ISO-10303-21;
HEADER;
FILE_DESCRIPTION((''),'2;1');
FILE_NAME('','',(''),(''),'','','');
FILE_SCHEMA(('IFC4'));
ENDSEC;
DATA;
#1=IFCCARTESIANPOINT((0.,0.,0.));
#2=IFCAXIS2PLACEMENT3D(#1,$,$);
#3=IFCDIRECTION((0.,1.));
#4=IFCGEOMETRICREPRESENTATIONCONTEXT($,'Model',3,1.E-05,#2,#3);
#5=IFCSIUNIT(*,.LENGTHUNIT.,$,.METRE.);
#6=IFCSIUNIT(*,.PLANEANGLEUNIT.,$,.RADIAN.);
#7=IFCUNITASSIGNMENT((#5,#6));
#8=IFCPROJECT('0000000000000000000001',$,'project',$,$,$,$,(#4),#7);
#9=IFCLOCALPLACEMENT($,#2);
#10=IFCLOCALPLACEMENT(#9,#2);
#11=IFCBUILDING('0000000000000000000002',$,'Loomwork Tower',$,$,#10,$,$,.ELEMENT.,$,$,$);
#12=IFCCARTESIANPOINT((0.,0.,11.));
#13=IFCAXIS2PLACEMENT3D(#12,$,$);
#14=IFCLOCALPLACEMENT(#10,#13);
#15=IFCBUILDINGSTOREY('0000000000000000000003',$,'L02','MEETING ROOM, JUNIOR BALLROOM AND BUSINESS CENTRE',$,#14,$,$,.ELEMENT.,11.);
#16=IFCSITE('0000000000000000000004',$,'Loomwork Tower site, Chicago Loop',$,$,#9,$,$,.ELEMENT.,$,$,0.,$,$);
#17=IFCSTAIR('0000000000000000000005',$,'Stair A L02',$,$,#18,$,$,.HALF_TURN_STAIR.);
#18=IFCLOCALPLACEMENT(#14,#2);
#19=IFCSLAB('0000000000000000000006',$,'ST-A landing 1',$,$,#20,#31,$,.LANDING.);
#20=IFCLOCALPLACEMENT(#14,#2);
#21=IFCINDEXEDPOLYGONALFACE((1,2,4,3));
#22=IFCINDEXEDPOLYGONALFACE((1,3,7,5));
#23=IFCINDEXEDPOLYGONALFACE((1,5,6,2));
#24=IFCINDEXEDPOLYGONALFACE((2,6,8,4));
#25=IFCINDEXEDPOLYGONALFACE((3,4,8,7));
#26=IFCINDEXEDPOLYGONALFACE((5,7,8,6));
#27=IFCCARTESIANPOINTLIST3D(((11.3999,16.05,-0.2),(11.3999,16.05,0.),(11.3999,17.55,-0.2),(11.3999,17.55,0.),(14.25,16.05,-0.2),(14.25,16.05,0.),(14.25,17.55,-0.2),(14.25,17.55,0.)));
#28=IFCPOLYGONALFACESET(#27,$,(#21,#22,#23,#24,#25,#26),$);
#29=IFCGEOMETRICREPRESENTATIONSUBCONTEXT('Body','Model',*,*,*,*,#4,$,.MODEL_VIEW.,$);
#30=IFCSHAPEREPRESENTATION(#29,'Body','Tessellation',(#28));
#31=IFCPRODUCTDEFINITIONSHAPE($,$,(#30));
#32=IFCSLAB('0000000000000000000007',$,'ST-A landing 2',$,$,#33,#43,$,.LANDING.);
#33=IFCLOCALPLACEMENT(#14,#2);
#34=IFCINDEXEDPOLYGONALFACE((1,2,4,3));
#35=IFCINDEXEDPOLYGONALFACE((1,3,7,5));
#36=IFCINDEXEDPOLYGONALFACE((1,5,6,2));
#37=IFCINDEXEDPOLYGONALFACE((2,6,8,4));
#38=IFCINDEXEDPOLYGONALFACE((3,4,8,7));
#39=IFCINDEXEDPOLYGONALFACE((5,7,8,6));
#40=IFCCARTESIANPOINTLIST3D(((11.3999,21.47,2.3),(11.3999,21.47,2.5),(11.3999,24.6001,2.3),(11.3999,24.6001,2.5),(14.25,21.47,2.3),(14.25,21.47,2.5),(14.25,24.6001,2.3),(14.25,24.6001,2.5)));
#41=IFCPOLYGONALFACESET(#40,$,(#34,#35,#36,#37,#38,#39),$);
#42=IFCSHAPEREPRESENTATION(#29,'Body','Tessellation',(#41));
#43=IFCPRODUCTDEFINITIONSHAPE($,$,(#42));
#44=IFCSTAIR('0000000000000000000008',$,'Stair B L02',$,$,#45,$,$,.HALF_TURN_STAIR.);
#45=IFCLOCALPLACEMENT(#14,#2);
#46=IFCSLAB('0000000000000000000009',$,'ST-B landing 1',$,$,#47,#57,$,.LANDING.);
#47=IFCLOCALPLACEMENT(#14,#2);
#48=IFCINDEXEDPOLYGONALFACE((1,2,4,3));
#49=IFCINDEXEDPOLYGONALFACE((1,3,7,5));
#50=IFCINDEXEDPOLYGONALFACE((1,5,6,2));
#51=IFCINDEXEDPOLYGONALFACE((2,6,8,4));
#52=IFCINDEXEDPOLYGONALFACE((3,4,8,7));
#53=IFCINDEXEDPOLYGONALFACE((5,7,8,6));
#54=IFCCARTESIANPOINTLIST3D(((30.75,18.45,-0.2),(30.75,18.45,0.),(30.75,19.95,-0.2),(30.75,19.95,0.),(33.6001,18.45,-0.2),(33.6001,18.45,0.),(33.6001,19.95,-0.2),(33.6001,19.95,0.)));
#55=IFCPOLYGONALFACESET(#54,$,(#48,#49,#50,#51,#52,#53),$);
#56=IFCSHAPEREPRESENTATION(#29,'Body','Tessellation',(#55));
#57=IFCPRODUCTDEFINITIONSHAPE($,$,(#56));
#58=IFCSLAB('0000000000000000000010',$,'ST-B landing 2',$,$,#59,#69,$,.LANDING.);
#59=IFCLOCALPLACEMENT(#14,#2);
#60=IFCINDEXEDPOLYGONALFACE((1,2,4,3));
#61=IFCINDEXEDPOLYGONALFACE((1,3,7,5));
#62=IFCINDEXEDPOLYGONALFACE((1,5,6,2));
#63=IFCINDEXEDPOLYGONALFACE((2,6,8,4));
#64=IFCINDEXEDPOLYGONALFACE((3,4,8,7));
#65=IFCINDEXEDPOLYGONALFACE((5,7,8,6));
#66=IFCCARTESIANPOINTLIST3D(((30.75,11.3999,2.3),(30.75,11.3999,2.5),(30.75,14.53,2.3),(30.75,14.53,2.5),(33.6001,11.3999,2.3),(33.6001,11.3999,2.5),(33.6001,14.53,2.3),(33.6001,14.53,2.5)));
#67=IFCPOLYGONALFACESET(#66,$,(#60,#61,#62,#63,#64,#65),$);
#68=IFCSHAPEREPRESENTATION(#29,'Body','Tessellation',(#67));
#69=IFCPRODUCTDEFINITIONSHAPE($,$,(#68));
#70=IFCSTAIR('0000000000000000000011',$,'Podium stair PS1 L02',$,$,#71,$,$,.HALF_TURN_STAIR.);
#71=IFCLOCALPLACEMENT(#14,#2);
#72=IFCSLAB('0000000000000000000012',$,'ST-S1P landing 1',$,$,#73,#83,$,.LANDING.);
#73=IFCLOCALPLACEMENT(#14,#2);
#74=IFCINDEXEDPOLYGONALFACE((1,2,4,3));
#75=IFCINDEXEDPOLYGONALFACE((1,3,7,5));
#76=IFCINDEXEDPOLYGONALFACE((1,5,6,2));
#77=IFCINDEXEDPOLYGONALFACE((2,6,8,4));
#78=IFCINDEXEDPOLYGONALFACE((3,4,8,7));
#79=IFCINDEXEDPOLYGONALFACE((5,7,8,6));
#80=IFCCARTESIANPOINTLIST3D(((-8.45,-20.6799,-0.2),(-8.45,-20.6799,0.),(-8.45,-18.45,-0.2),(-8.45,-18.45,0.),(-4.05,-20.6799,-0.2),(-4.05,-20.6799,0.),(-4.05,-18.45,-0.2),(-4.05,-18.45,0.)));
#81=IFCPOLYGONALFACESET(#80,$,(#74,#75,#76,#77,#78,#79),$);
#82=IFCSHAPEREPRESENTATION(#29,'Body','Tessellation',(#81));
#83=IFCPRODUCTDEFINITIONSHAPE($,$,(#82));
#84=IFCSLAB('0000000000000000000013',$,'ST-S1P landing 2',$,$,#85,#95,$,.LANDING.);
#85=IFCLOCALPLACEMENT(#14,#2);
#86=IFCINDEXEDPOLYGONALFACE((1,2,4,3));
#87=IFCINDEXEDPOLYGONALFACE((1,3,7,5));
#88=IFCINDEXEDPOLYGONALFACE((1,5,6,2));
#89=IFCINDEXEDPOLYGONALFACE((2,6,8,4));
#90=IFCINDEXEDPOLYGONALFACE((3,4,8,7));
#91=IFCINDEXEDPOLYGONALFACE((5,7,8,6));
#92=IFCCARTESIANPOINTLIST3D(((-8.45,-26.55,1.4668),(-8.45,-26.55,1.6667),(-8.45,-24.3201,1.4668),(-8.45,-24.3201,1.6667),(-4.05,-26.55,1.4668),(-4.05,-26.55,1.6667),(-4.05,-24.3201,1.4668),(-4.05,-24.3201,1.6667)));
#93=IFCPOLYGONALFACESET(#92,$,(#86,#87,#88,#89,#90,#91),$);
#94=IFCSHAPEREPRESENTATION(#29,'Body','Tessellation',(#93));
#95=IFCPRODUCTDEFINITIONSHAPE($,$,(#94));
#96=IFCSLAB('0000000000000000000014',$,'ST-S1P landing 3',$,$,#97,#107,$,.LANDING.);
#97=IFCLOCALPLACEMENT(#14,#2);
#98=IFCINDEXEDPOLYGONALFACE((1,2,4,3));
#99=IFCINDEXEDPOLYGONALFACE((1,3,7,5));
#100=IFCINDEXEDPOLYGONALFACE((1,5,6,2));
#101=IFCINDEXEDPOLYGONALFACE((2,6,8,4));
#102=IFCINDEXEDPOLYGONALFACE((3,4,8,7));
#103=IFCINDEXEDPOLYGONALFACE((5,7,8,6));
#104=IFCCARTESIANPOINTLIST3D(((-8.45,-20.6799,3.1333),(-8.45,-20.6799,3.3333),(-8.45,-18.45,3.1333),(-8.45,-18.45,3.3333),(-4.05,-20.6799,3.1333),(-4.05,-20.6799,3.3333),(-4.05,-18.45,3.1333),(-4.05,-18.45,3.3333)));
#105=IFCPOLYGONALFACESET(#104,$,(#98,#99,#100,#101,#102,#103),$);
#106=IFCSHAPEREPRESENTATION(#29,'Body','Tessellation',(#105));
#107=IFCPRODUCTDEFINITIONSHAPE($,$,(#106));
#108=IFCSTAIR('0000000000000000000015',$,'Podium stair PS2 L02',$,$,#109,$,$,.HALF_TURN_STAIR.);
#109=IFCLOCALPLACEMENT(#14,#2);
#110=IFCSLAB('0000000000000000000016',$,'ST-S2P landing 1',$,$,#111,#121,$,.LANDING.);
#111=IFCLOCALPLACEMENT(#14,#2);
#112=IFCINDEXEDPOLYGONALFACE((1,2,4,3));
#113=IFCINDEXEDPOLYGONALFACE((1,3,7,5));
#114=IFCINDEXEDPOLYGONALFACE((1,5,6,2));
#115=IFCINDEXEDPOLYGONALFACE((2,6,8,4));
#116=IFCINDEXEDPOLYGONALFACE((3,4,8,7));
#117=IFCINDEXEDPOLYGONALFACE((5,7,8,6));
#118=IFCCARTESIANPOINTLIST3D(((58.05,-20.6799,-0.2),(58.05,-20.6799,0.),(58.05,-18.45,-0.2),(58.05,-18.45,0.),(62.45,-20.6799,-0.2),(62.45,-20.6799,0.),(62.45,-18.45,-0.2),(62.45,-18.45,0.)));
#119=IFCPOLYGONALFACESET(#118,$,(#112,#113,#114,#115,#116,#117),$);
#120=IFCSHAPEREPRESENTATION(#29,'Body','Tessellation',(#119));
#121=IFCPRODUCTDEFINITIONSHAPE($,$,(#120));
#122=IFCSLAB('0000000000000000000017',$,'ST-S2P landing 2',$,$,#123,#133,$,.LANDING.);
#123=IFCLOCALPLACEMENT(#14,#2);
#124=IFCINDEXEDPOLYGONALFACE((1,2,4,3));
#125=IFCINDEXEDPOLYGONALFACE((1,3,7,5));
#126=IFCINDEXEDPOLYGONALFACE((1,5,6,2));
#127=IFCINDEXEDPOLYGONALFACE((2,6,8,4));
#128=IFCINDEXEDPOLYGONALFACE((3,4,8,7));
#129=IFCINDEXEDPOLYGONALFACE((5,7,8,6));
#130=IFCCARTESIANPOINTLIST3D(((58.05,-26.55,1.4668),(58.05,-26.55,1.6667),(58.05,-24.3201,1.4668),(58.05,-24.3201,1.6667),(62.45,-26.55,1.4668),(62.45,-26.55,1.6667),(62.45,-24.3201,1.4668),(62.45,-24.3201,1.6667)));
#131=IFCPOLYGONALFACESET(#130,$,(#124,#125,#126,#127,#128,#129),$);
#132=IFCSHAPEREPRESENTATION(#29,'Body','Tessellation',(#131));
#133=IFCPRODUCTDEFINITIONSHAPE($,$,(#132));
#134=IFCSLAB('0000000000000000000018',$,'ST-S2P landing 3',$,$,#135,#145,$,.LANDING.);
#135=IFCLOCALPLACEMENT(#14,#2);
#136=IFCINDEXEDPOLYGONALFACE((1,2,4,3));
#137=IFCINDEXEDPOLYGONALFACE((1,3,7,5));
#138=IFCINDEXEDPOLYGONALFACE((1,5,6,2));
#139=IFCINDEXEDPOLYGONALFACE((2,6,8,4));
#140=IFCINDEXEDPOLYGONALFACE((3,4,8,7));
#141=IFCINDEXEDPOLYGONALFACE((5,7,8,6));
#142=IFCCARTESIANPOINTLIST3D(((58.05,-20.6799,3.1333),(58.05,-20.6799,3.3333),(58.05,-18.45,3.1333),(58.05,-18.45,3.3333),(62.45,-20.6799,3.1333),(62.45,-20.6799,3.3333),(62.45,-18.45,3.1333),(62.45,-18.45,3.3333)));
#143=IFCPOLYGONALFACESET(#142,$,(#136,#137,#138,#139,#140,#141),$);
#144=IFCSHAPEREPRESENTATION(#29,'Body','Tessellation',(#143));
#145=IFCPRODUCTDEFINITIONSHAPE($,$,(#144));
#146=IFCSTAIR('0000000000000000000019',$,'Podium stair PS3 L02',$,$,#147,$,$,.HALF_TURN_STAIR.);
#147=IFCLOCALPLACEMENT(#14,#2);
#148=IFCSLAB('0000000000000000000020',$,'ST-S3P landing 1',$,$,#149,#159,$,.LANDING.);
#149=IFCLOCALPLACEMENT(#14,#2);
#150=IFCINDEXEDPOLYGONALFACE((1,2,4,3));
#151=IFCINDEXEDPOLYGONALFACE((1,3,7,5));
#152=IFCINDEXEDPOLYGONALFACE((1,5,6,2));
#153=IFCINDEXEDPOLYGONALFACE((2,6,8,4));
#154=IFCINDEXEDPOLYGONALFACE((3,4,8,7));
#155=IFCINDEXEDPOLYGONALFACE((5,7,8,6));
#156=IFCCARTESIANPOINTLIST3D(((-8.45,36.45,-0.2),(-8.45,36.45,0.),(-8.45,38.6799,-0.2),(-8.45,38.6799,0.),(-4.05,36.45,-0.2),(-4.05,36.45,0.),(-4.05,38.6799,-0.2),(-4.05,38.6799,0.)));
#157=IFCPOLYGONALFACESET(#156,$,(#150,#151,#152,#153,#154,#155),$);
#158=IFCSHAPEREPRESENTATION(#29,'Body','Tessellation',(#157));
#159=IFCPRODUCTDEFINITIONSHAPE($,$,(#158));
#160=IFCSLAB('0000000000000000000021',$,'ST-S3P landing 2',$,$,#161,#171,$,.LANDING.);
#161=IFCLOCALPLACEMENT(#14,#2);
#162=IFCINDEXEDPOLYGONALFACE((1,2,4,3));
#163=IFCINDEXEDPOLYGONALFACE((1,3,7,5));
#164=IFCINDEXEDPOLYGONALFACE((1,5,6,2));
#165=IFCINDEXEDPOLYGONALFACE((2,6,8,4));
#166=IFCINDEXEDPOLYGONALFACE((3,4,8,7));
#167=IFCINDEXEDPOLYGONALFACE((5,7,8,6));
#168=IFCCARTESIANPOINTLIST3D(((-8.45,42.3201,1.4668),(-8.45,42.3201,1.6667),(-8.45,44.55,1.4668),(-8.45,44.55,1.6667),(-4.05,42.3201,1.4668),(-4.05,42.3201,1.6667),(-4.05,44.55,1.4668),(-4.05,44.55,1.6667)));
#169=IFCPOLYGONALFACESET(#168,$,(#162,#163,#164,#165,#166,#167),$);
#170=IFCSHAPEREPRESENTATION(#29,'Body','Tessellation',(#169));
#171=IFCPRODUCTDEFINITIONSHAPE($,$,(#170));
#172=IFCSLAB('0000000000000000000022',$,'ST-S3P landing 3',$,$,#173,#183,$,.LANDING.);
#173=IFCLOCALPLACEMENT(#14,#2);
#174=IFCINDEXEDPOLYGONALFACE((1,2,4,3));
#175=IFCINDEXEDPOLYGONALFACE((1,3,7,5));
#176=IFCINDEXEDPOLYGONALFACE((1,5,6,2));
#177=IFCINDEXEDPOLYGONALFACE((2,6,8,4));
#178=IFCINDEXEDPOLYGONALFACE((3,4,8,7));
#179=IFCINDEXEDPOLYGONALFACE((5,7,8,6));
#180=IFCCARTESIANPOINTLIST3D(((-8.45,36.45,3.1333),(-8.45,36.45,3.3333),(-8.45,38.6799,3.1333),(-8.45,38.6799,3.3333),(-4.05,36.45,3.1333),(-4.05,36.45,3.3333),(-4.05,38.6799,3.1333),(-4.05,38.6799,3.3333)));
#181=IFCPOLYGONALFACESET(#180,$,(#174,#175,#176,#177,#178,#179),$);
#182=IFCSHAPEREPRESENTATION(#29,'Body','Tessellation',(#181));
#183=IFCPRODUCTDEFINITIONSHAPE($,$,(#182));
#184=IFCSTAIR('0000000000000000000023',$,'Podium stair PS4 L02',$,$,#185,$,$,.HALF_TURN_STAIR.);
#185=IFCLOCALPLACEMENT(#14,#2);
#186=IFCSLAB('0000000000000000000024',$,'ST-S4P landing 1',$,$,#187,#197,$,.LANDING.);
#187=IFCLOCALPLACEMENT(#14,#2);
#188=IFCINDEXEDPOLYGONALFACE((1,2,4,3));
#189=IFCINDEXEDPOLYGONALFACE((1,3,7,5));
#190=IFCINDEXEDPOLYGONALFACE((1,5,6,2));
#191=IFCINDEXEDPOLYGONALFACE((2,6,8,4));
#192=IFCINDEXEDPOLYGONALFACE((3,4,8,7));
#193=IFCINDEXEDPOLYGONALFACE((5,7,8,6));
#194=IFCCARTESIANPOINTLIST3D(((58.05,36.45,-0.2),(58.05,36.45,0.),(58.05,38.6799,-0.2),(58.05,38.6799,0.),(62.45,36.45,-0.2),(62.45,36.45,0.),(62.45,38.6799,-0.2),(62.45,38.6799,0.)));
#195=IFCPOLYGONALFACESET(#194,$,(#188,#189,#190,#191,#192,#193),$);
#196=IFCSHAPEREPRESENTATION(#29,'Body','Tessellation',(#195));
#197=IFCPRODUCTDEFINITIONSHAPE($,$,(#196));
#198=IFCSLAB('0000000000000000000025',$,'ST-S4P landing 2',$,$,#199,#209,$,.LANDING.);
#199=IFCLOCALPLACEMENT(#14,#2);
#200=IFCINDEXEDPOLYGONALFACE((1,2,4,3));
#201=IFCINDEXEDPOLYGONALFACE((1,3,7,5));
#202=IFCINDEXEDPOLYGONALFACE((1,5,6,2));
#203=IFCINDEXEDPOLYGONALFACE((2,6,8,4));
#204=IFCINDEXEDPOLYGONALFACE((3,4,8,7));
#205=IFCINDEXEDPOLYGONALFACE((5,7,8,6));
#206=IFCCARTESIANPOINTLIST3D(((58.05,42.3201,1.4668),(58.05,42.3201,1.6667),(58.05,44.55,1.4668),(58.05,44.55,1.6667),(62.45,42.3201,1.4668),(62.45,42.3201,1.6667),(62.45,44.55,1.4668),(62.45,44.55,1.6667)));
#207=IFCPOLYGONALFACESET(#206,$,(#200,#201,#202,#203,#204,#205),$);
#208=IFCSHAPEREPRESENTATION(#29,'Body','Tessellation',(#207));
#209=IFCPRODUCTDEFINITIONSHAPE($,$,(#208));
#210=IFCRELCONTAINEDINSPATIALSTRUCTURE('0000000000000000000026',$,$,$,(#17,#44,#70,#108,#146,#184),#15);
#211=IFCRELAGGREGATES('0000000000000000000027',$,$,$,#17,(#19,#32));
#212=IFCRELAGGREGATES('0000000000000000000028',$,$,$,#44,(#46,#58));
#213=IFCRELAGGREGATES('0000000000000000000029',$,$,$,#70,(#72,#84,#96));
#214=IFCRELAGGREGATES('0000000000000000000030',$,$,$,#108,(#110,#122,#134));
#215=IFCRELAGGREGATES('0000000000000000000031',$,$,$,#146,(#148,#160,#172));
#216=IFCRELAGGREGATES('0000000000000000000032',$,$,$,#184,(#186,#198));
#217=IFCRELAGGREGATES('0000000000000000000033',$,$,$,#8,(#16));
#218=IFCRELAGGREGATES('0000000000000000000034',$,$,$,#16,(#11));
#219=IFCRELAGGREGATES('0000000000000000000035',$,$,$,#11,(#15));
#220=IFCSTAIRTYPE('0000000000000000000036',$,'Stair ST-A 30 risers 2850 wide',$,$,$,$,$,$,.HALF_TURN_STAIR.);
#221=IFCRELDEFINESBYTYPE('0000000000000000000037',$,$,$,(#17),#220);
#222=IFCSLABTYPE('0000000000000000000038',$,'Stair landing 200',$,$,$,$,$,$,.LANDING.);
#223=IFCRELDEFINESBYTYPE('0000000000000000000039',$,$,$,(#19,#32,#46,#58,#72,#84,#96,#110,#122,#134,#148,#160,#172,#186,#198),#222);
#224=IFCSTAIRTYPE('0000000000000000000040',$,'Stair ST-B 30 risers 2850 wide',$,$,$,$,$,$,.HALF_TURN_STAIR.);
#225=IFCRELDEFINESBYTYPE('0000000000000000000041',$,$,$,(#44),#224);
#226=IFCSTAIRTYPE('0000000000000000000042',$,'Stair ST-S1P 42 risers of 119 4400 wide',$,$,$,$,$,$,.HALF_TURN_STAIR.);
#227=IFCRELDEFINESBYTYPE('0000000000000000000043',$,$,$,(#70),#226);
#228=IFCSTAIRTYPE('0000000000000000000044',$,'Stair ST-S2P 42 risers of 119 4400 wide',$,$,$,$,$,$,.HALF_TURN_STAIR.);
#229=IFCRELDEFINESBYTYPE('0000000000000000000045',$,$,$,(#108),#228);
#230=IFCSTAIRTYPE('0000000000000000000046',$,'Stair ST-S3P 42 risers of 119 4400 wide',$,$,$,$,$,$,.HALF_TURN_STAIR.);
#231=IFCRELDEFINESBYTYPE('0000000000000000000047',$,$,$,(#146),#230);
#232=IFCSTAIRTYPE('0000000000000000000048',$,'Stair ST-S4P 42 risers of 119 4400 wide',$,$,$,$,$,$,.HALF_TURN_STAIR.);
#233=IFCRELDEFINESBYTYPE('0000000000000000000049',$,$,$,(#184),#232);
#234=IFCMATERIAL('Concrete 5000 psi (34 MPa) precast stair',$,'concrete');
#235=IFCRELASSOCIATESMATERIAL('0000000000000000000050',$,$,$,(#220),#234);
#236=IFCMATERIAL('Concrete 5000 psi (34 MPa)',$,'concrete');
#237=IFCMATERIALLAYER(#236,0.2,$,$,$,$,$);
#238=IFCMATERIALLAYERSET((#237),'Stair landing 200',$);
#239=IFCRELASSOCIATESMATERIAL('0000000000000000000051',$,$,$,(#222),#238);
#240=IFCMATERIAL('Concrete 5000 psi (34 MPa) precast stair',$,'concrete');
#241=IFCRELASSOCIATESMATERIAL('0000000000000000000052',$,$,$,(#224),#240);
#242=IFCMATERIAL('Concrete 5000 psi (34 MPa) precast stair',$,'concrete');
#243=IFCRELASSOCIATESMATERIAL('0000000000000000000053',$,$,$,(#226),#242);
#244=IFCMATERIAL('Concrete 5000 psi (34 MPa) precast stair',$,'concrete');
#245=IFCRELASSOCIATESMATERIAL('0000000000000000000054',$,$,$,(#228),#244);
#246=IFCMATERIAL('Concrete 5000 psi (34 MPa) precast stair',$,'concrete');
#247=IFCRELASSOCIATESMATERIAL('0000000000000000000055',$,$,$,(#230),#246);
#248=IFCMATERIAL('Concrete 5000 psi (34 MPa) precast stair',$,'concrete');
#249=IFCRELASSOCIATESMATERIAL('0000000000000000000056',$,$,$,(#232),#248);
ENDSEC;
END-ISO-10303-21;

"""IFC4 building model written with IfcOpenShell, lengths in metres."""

from ifc_helpers import new_model, si_unit, direction, frame, origin, place, context, subcontext, project, spatial, polyline, outline, extrude, material, layer, layer_set, type_object, element, aggregate, save


model = new_model("IFC4")

# Units and contexts
model_context = context("Model", 3, precision=1e-05, world=origin(), true_north=direction((0.0, 1.0)))
body_context = subcontext(model_context, "Body", "Model", "MODEL_VIEW")
ifc_project = project(units=[si_unit("LENGTHUNIT", "METRE"), si_unit("PLANEANGLEUNIT", "RADIAN")], contexts=[model_context])

# Site, building, storey
site_placement = place(None, origin())
site = spatial("IfcSite", under=ifc_project, at=site_placement, Name="Loomwork Tower site, Chicago Loop", CompositionType="ELEMENT", RefElevation=0.0)
building_placement = place(site_placement, origin())
building = spatial("IfcBuilding", under=site, at=building_placement, Name="Loomwork Tower", CompositionType="ELEMENT")
storey_placement = place(building_placement, frame((0.0, 0.0, 11.0)))
storey = spatial("IfcBuildingStorey", under=building, at=storey_placement, Name="L02", Description="MEETING ROOM, JUNIOR BALLROOM AND BUSINESS CENTRE", CompositionType="ELEMENT", Elevation=11.0)

# Stairs, slabs
ifc_material_1 = material(Name="Concrete 5000 psi (34 MPa) precast stair", Category="concrete")
stair_type_1 = type_object("IfcStairType", Name="Stair ST-A 30 risers 2850 wide", PredefinedType="HALF_TURN_STAIR", material=ifc_material_1)
stair_1_placement = place(storey_placement, origin())
stair_1 = element("IfcStair", 1, at=stair_1_placement, inside=storey, type_object=stair_type_1, Name="Stair A L02", PredefinedType="HALF_TURN_STAIR")
ifc_material_2 = material(Name="Concrete 5000 psi (34 MPa)", Category="concrete")
ifc_layer_1 = layer(ifc_material_2, 0.2)
ifc_layer_set_1 = layer_set([ifc_layer_1], Name="Stair landing 200")
slab_type = type_object("IfcSlabType", Name="Stair landing 200", PredefinedType="LANDING", material=ifc_layer_set_1)
slab_1_placement = place(storey_placement, frame((0.0, 0.0, -0.2)))
slab_1 = element("IfcSlab", 2, at=slab_1_placement, type_object=slab_type, Name="ST-A landing 1", PredefinedType="LANDING", context=body_context, shape_type="SweptSolid", body=[
    extrude(outline(polyline([(11.3999, 16.05), (14.25, 16.05), (14.25, 17.55), (11.3999, 17.55), (11.3999, 16.05)])), origin(), (0.0, 0.0, 1.0), 0.2),
])
slab_2_placement = place(storey_placement, frame((0.0, 0.0, 2.3)))
slab_2 = element("IfcSlab", 3, at=slab_2_placement, type_object=slab_type, Name="ST-A landing 2", PredefinedType="LANDING", context=body_context, shape_type="SweptSolid", body=[
    extrude(outline(polyline([(11.3999, 21.47), (14.25, 21.47), (14.25, 24.6001), (11.3999, 24.6001), (11.3999, 21.47)])), origin(), (0.0, 0.0, 1.0), 0.2),
])
aggregate(stair_1, [slab_1, slab_2])
ifc_material_3 = material(Name="Concrete 5000 psi (34 MPa) precast stair", Category="concrete")
stair_type_2 = type_object("IfcStairType", Name="Stair ST-B 30 risers 2850 wide", PredefinedType="HALF_TURN_STAIR", material=ifc_material_3)
stair_2_placement = place(storey_placement, origin())
stair_2 = element("IfcStair", 4, at=stair_2_placement, inside=storey, type_object=stair_type_2, Name="Stair B L02", PredefinedType="HALF_TURN_STAIR")
slab_3_placement = place(storey_placement, frame((0.0, 0.0, -0.2)))
slab_3 = element("IfcSlab", 5, at=slab_3_placement, type_object=slab_type, Name="ST-B landing 1", PredefinedType="LANDING", context=body_context, shape_type="SweptSolid", body=[
    extrude(outline(polyline([(30.75, 18.45), (33.6001, 18.45), (33.6001, 19.95), (30.75, 19.95), (30.75, 18.45)])), origin(), (0.0, 0.0, 1.0), 0.2),
])
slab_4_placement = place(storey_placement, frame((0.0, 0.0, 2.3)))
slab_4 = element("IfcSlab", 6, at=slab_4_placement, type_object=slab_type, Name="ST-B landing 2", PredefinedType="LANDING", context=body_context, shape_type="SweptSolid", body=[
    extrude(outline(polyline([(30.75, 11.3999), (33.6001, 11.3999), (33.6001, 14.53), (30.75, 14.53), (30.75, 11.3999)])), origin(), (0.0, 0.0, 1.0), 0.2),
])
aggregate(stair_2, [slab_3, slab_4])
ifc_material_4 = material(Name="Concrete 5000 psi (34 MPa) precast stair", Category="concrete")
stair_type_3 = type_object("IfcStairType", Name="Stair ST-S1P 42 risers of 119 4400 wide", PredefinedType="HALF_TURN_STAIR", material=ifc_material_4)
stair_3_placement = place(storey_placement, origin())
stair_3 = element("IfcStair", 7, at=stair_3_placement, inside=storey, type_object=stair_type_3, Name="Podium stair PS1 L02", PredefinedType="HALF_TURN_STAIR")
slab_5_placement = place(storey_placement, frame((0.0, 0.0, -0.2)))
slab_5 = element("IfcSlab", 8, at=slab_5_placement, type_object=slab_type, Name="ST-S1P landing 1", PredefinedType="LANDING", context=body_context, shape_type="SweptSolid", body=[
    extrude(outline(polyline([(-8.45, -20.6799), (-4.05, -20.6799), (-4.05, -18.45), (-8.45, -18.45), (-8.45, -20.6799)])), origin(), (0.0, 0.0, 1.0), 0.2),
])
slab_6_placement = place(storey_placement, frame((0.0, 0.0, 1.4668)))
slab_6 = element("IfcSlab", 9, at=slab_6_placement, type_object=slab_type, Name="ST-S1P landing 2", PredefinedType="LANDING", context=body_context, shape_type="SweptSolid", body=[
    extrude(outline(polyline([(-8.45, -26.55), (-4.05, -26.55), (-4.05, -24.3201), (-8.45, -24.3201), (-8.45, -26.55)])), origin(), (0.0, 0.0, 1.0), 0.2),
])
slab_7_placement = place(storey_placement, frame((0.0, 0.0, 3.1333)))
slab_7 = element("IfcSlab", 10, at=slab_7_placement, type_object=slab_type, Name="ST-S1P landing 3", PredefinedType="LANDING", context=body_context, shape_type="SweptSolid", body=[
    extrude(outline(polyline([(-8.45, -20.6799), (-4.05, -20.6799), (-4.05, -18.45), (-8.45, -18.45), (-8.45, -20.6799)])), origin(), (0.0, 0.0, 1.0), 0.2),
])
aggregate(stair_3, [slab_5, slab_6, slab_7])
ifc_material_5 = material(Name="Concrete 5000 psi (34 MPa) precast stair", Category="concrete")
stair_type_4 = type_object("IfcStairType", Name="Stair ST-S2P 42 risers of 119 4400 wide", PredefinedType="HALF_TURN_STAIR", material=ifc_material_5)
stair_4_placement = place(storey_placement, origin())
stair_4 = element("IfcStair", 11, at=stair_4_placement, inside=storey, type_object=stair_type_4, Name="Podium stair PS2 L02", PredefinedType="HALF_TURN_STAIR")
slab_8_placement = place(storey_placement, frame((0.0, 0.0, -0.2)))
slab_8 = element("IfcSlab", 12, at=slab_8_placement, type_object=slab_type, Name="ST-S2P landing 1", PredefinedType="LANDING", context=body_context, shape_type="SweptSolid", body=[
    extrude(outline(polyline([(58.05, -20.6799), (62.45, -20.6799), (62.45, -18.45), (58.05, -18.45), (58.05, -20.6799)])), origin(), (0.0, 0.0, 1.0), 0.2),
])
slab_9_placement = place(storey_placement, frame((0.0, 0.0, 1.4668)))
slab_9 = element("IfcSlab", 13, at=slab_9_placement, type_object=slab_type, Name="ST-S2P landing 2", PredefinedType="LANDING", context=body_context, shape_type="SweptSolid", body=[
    extrude(outline(polyline([(58.05, -26.55), (62.45, -26.55), (62.45, -24.3201), (58.05, -24.3201), (58.05, -26.55)])), origin(), (0.0, 0.0, 1.0), 0.2),
])
slab_10_placement = place(storey_placement, frame((0.0, 0.0, 3.1333)))
slab_10 = element("IfcSlab", 14, at=slab_10_placement, type_object=slab_type, Name="ST-S2P landing 3", PredefinedType="LANDING", context=body_context, shape_type="SweptSolid", body=[
    extrude(outline(polyline([(58.05, -20.6799), (62.45, -20.6799), (62.45, -18.45), (58.05, -18.45), (58.05, -20.6799)])), origin(), (0.0, 0.0, 1.0), 0.2),
])
aggregate(stair_4, [slab_8, slab_9, slab_10])
ifc_material_6 = material(Name="Concrete 5000 psi (34 MPa) precast stair", Category="concrete")
stair_type_5 = type_object("IfcStairType", Name="Stair ST-S3P 42 risers of 119 4400 wide", PredefinedType="HALF_TURN_STAIR", material=ifc_material_6)
stair_5_placement = place(storey_placement, origin())
stair_5 = element("IfcStair", 15, at=stair_5_placement, inside=storey, type_object=stair_type_5, Name="Podium stair PS3 L02", PredefinedType="HALF_TURN_STAIR")
slab_11_placement = place(storey_placement, frame((0.0, 0.0, -0.2)))
slab_11 = element("IfcSlab", 16, at=slab_11_placement, type_object=slab_type, Name="ST-S3P landing 1", PredefinedType="LANDING", context=body_context, shape_type="SweptSolid", body=[
    extrude(outline(polyline([(-8.45, 36.45), (-4.05, 36.45), (-4.05, 38.6799), (-8.45, 38.6799), (-8.45, 36.45)])), origin(), (0.0, 0.0, 1.0), 0.2),
])
slab_12_placement = place(storey_placement, frame((0.0, 0.0, 1.4668)))
slab_12 = element("IfcSlab", 17, at=slab_12_placement, type_object=slab_type, Name="ST-S3P landing 2", PredefinedType="LANDING", context=body_context, shape_type="SweptSolid", body=[
    extrude(outline(polyline([(-8.45, 42.3201), (-4.05, 42.3201), (-4.05, 44.55), (-8.45, 44.55), (-8.45, 42.3201)])), origin(), (0.0, 0.0, 1.0), 0.2),
])
slab_13_placement = place(storey_placement, frame((0.0, 0.0, 3.1333)))
slab_13 = element("IfcSlab", 18, at=slab_13_placement, type_object=slab_type, Name="ST-S3P landing 3", PredefinedType="LANDING", context=body_context, shape_type="SweptSolid", body=[
    extrude(outline(polyline([(-8.45, 36.45), (-4.05, 36.45), (-4.05, 38.6799), (-8.45, 38.6799), (-8.45, 36.45)])), origin(), (0.0, 0.0, 1.0), 0.2),
])
aggregate(stair_5, [slab_11, slab_12, slab_13])
ifc_material_7 = material(Name="Concrete 5000 psi (34 MPa) precast stair", Category="concrete")
stair_type_6 = type_object("IfcStairType", Name="Stair ST-S4P 42 risers of 119 4400 wide", PredefinedType="HALF_TURN_STAIR", material=ifc_material_7)
stair_6_placement = place(storey_placement, origin())
stair_6 = element("IfcStair", 19, at=stair_6_placement, inside=storey, type_object=stair_type_6, Name="Podium stair PS4 L02", PredefinedType="HALF_TURN_STAIR")
slab_14_placement = place(storey_placement, frame((0.0, 0.0, -0.2)))
slab_14 = element("IfcSlab", 20, at=slab_14_placement, type_object=slab_type, Name="ST-S4P landing 1", PredefinedType="LANDING", context=body_context, shape_type="SweptSolid", body=[
    extrude(outline(polyline([(58.05, 36.45), (62.45, 36.45), (62.45, 38.6799), (58.05, 38.6799), (58.05, 36.45)])), origin(), (0.0, 0.0, 1.0), 0.2),
])
slab_15_placement = place(storey_placement, frame((0.0, 0.0, 1.4668)))
slab_15 = element("IfcSlab", 21, at=slab_15_placement, type_object=slab_type, Name="ST-S4P landing 2", PredefinedType="LANDING", context=body_context, shape_type="SweptSolid", body=[
    extrude(outline(polyline([(58.05, 42.3201), (62.45, 42.3201), (62.45, 44.55), (58.05, 44.55), (58.05, 42.3201)])), origin(), (0.0, 0.0, 1.0), 0.2),
])
aggregate(stair_6, [slab_14, slab_15])

save(model, "model.ifc")
